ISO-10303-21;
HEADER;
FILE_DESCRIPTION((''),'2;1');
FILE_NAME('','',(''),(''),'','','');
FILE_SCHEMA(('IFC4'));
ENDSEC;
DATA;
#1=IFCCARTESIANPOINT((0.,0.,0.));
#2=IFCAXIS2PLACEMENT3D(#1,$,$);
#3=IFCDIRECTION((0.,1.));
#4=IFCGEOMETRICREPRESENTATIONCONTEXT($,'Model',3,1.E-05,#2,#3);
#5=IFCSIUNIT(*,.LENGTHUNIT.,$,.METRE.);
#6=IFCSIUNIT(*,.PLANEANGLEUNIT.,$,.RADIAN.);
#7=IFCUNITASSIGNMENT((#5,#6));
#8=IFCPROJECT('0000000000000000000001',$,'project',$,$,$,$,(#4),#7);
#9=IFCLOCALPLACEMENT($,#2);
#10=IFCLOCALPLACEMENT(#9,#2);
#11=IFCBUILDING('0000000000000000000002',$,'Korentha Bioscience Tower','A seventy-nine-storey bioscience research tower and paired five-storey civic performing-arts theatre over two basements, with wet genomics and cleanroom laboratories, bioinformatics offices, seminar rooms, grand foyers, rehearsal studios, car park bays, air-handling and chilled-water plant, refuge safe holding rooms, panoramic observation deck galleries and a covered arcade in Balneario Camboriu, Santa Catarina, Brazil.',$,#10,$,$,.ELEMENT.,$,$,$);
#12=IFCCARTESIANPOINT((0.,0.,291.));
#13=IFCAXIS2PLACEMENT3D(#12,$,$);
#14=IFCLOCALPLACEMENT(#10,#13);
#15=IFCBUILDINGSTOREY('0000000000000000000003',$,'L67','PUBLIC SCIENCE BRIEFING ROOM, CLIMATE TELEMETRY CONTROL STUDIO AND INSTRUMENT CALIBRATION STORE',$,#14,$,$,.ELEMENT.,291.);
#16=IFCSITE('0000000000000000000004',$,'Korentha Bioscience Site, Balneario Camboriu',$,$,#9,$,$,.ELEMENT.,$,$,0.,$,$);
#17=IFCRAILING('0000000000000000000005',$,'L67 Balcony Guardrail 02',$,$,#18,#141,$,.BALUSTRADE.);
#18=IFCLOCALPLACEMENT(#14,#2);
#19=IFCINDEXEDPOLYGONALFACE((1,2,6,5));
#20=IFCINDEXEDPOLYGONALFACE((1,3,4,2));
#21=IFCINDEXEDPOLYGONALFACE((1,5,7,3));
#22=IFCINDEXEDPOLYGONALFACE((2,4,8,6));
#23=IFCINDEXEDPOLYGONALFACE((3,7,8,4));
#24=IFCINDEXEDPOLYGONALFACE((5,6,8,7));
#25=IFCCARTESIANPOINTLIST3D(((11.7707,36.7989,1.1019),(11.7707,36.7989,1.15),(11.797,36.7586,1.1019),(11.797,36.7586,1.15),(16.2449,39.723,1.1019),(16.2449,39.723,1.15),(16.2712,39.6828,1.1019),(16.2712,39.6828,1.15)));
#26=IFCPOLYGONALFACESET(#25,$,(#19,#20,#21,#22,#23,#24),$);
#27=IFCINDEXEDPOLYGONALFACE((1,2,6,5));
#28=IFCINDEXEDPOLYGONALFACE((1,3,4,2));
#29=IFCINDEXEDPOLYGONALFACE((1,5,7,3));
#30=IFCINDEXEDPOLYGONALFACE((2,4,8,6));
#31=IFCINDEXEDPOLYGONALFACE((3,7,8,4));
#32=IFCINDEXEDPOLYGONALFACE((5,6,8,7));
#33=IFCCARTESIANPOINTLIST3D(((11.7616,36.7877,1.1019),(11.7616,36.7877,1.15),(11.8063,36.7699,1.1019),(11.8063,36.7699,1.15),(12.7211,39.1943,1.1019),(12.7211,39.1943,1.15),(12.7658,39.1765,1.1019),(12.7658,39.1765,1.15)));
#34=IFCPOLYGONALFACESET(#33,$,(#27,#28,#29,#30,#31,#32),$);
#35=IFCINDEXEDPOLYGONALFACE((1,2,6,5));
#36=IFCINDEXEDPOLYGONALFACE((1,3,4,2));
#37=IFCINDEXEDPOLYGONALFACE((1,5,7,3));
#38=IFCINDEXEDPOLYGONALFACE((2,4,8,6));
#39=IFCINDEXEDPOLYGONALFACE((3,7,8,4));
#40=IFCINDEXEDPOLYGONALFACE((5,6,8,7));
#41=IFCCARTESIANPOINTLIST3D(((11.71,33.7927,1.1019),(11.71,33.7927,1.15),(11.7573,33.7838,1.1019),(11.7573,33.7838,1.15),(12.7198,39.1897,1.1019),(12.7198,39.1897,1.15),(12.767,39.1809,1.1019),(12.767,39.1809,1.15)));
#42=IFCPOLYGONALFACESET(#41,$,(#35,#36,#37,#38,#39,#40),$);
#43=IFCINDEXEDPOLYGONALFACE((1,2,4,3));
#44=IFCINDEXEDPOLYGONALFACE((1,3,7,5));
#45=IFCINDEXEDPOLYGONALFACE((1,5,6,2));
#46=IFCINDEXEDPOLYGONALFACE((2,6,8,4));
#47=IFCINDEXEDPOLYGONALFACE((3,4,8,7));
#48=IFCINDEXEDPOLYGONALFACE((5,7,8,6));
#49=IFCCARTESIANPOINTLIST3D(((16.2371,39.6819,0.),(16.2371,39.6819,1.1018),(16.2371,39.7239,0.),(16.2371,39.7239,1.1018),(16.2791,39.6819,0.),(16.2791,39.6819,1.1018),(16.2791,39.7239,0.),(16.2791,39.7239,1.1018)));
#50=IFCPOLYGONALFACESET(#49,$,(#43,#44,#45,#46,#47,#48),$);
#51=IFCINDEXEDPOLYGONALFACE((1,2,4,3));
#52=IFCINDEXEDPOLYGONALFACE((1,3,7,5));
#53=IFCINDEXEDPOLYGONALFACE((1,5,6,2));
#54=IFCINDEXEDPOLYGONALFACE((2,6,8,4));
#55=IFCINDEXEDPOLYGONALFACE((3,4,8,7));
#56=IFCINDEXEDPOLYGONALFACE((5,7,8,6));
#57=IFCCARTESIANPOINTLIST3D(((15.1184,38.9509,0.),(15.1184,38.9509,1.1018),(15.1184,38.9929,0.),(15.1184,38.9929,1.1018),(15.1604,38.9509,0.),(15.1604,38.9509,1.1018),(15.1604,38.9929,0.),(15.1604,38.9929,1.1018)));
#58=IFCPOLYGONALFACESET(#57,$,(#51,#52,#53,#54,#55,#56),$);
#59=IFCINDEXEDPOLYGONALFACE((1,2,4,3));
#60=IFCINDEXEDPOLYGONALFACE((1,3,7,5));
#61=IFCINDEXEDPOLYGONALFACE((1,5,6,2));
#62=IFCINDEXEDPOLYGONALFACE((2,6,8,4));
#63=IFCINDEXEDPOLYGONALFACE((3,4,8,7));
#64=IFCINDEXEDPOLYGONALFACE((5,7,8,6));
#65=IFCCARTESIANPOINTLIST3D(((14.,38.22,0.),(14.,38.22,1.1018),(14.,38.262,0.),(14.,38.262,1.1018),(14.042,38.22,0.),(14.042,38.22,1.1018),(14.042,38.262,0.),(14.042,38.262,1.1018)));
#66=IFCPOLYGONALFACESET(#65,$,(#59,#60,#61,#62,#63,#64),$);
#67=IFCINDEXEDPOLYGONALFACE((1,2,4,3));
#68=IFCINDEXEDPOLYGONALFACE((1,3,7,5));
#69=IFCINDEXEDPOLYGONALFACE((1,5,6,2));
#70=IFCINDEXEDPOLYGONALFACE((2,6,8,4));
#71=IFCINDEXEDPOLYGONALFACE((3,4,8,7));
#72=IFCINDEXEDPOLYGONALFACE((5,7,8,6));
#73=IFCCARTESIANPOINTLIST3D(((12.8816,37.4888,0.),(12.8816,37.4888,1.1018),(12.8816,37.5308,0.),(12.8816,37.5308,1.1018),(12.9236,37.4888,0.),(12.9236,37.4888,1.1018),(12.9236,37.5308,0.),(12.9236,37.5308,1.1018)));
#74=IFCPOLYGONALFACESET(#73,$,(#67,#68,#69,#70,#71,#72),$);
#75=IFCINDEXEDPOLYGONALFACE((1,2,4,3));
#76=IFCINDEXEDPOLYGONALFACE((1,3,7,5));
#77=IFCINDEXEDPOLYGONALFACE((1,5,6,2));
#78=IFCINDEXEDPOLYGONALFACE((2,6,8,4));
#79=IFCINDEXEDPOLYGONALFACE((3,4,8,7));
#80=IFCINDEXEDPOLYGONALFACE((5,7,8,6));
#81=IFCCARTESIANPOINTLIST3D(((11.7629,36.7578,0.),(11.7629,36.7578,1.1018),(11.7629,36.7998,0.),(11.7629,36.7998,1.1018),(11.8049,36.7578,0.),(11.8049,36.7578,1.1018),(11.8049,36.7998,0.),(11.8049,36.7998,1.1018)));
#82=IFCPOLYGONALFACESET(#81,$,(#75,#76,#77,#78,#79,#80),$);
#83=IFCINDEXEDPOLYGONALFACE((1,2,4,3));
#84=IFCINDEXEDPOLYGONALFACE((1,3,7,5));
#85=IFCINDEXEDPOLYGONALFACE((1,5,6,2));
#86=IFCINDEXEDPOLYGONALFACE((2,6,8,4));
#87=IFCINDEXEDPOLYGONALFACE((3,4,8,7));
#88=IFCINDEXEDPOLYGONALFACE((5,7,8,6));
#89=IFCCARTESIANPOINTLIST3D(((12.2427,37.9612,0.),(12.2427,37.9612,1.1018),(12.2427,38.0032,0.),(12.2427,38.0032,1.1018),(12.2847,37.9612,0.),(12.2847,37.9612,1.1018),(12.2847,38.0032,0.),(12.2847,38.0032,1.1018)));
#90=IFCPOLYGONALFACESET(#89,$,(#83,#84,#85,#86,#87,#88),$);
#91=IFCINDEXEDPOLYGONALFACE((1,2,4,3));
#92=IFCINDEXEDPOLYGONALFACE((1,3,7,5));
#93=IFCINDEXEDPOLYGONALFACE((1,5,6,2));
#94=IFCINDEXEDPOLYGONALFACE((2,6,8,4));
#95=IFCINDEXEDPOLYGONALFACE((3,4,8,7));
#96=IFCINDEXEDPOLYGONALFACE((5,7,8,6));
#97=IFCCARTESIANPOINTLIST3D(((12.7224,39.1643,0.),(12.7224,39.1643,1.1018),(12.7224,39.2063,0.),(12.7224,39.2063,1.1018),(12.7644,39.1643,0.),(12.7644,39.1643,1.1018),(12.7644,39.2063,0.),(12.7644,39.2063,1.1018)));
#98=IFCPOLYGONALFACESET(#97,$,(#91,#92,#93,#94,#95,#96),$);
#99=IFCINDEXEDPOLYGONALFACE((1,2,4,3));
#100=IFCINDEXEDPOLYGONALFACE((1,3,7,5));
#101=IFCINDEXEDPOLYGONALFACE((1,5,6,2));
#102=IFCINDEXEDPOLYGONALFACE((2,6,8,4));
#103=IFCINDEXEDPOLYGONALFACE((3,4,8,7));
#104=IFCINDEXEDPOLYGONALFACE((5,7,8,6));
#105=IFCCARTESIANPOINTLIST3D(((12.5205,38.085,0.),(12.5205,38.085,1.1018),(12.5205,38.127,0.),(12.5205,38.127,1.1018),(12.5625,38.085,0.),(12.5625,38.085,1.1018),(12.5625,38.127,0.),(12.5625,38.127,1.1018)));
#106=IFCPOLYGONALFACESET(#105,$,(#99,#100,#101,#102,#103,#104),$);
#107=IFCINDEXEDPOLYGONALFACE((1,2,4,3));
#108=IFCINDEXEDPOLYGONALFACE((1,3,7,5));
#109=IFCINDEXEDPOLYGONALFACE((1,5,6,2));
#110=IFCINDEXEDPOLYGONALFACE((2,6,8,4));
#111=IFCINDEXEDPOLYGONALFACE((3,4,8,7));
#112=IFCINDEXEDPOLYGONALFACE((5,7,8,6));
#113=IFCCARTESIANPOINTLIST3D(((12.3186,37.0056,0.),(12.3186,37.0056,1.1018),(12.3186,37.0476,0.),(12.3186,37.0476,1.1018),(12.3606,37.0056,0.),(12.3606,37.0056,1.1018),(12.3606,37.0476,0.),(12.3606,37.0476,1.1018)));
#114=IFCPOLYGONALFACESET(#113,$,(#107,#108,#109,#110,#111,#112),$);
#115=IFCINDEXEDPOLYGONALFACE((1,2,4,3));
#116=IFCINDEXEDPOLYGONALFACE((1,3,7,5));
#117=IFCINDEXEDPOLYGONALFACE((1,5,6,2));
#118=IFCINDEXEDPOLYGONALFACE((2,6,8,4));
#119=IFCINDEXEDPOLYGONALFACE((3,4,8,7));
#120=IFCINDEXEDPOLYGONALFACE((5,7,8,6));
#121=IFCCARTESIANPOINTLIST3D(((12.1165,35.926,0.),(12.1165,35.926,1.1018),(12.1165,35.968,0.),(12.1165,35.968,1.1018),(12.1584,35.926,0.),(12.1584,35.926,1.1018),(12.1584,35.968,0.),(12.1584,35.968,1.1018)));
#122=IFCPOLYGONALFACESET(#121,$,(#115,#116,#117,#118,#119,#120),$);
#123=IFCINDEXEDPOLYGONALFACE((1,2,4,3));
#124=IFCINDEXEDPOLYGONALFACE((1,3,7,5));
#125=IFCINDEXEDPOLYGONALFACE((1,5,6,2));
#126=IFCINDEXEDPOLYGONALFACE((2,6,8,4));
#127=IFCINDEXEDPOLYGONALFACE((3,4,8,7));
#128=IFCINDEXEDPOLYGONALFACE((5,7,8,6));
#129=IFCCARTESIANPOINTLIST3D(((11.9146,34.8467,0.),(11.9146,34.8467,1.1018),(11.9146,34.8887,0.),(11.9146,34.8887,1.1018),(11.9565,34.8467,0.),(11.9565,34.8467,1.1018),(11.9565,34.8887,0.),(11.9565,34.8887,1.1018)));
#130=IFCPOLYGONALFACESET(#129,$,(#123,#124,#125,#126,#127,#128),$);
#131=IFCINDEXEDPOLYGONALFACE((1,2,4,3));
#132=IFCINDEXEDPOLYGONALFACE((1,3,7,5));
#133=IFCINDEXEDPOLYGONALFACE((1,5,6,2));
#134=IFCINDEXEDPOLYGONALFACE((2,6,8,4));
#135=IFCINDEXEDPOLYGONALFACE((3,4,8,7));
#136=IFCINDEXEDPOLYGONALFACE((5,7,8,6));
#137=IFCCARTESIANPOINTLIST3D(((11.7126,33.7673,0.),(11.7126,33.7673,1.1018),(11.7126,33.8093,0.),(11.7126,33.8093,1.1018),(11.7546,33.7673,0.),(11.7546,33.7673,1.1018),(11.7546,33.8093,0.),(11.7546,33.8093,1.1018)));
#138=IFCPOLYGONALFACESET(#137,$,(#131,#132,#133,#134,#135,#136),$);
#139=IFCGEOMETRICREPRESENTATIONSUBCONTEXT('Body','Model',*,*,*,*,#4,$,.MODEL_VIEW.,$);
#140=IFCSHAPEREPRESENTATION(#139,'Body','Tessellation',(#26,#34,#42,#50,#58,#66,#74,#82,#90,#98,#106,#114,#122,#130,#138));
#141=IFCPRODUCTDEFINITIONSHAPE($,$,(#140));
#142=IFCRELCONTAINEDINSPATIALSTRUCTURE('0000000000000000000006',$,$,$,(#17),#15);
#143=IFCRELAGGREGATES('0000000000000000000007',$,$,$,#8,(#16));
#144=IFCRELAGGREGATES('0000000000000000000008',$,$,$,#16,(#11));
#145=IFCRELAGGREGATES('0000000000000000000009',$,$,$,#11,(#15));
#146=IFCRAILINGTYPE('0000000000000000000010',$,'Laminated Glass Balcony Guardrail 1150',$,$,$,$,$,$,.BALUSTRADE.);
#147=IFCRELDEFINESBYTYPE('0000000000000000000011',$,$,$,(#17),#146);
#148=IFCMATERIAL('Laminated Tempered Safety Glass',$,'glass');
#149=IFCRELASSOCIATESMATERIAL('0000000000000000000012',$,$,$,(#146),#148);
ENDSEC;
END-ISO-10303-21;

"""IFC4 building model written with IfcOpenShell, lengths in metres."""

from ifc_helpers import new_model, si_unit, direction, frame, origin, origin_2d, place, context, subcontext, project, spatial, rectangle, extrude, material, type_object, element, save


model = new_model("IFC4")

# Units and contexts
model_context = context("Model", 3, precision=1e-05, world=origin(), true_north=direction((0.0, 1.0)))
body_context = subcontext(model_context, "Body", "Model", "MODEL_VIEW")
ifc_project = project(units=[si_unit("LENGTHUNIT", "METRE"), si_unit("PLANEANGLEUNIT", "RADIAN")], contexts=[model_context])

# Site, building, storey
site_placement = place(None, origin())
site = spatial("IfcSite", under=ifc_project, at=site_placement, Name="Korentha Bioscience Site, Balneario Camboriu", CompositionType="ELEMENT", RefElevation=0.0)
building_placement = place(site_placement, origin())
building = spatial("IfcBuilding", under=site, at=building_placement, Name="Korentha Bioscience Tower", Description="A seventy-nine-storey bioscience research tower and paired five-storey civic performing-arts theatre over two basements, with wet genomics and cleanroom laboratories, bioinformatics offices, seminar rooms, grand foyers, rehearsal studios, car park bays, air-handling and chilled-water plant, refuge safe holding rooms, panoramic observation deck galleries and a covered arcade in Balneario Camboriu, Santa Catarina, Brazil.", CompositionType="ELEMENT")
storey_placement = place(building_placement, frame((0.0, 0.0, 291.0)))
storey = spatial("IfcBuildingStorey", under=building, at=storey_placement, Name="L67", Description="PUBLIC SCIENCE BRIEFING ROOM, CLIMATE TELEMETRY CONTROL STUDIO AND INSTRUMENT CALIBRATION STORE", CompositionType="ELEMENT", Elevation=291.0)

# Railing
ifc_material_1 = material(Name="Laminated Tempered Safety Glass", Category="glass")
railing_type = type_object("IfcRailingType", Name="Laminated Glass Balcony Guardrail 1150", PredefinedType="BALUSTRADE", material=ifc_material_1)
railing_placement = place(storey_placement, frame((16.2581, 39.7029, 0.0)))
element("IfcRailing", 1, at=railing_placement, inside=storey, type_object=railing_type, Name="L67 Balcony Guardrail 02", PredefinedType="BALUSTRADE", context=body_context, shape_type="SweptSolid", body=[
    extrude(rectangle(XDim=0.0481, YDim=0.0481, at=origin_2d()), frame((0.0, 0.0, 1.126), z_axis=(-0.837082, -0.547077, 0.0), x_axis=(0.547077, -0.837082, 0.0)), (0.0, 0.0, 1.0), 5.345),
    extrude(rectangle(XDim=0.0481, YDim=0.0481, at=origin_2d()), frame((-4.4741, -2.9241, 1.126), z_axis=(0.370351, 0.928892, 0.0), x_axis=(-0.928892, 0.370351, 0.0)), (0.0, 0.0, 1.0), 2.5908),
    extrude(rectangle(XDim=0.0481, YDim=0.0481, at=origin_2d()), frame((-3.5146, -0.5176, 1.126), z_axis=(-0.183907, -0.982944, 0.0), x_axis=(0.982944, -0.183907, 0.0)), (0.0, 0.0, 1.0), 5.4907),
    extrude(rectangle(XDim=0.042, YDim=0.042, at=origin_2d()), origin(), (0.0, 0.0, 1.0), 1.1018),
    extrude(rectangle(XDim=0.042, YDim=0.042, at=origin_2d()), frame((-1.1187, -0.731, 0.0)), (0.0, 0.0, 1.0), 1.1018),
    extrude(rectangle(XDim=0.042, YDim=0.042, at=origin_2d()), frame((-2.2371, -1.4619, 0.0)), (0.0, 0.0, 1.0), 1.1018),
    extrude(rectangle(XDim=0.042, YDim=0.042, at=origin_2d()), frame((-3.3555, -2.1931, 0.0)), (0.0, 0.0, 1.0), 1.1018),
    extrude(rectangle(XDim=0.042, YDim=0.042, at=origin_2d()), frame((-4.4741, -2.9241, 0.0)), (0.0, 0.0, 1.0), 1.1018),
    extrude(rectangle(XDim=0.042, YDim=0.042, at=origin_2d()), frame((-3.9944, -1.7207, 0.0)), (0.0, 0.0, 1.0), 1.1018),
    extrude(rectangle(XDim=0.042, YDim=0.042, at=origin_2d()), frame((-3.5146, -0.5176, 0.0)), (0.0, 0.0, 1.0), 1.1018),
    extrude(rectangle(XDim=0.042, YDim=0.042, at=origin_2d()), frame((-3.7166, -1.5969, 0.0)), (0.0, 0.0, 1.0), 1.1018),
    extrude(rectangle(XDim=0.042, YDim=0.042, at=origin_2d()), frame((-3.9185, -2.6763, 0.0)), (0.0, 0.0, 1.0), 1.1018),
    extrude(rectangle(XDim=0.042, YDim=0.042, at=origin_2d()), frame((-4.1206, -3.7559, 0.0)), (0.0, 0.0, 1.0), 1.1018),
    extrude(rectangle(XDim=0.042, YDim=0.042, at=origin_2d()), frame((-4.3225, -4.8352, 0.0)), (0.0, 0.0, 1.0), 1.1018),
    extrude(rectangle(XDim=0.042, YDim=0.042, at=origin_2d()), frame((-4.5244, -5.9146, 0.0)), (0.0, 0.0, 1.0), 1.1018),
])

save(model, "model.ifc")
